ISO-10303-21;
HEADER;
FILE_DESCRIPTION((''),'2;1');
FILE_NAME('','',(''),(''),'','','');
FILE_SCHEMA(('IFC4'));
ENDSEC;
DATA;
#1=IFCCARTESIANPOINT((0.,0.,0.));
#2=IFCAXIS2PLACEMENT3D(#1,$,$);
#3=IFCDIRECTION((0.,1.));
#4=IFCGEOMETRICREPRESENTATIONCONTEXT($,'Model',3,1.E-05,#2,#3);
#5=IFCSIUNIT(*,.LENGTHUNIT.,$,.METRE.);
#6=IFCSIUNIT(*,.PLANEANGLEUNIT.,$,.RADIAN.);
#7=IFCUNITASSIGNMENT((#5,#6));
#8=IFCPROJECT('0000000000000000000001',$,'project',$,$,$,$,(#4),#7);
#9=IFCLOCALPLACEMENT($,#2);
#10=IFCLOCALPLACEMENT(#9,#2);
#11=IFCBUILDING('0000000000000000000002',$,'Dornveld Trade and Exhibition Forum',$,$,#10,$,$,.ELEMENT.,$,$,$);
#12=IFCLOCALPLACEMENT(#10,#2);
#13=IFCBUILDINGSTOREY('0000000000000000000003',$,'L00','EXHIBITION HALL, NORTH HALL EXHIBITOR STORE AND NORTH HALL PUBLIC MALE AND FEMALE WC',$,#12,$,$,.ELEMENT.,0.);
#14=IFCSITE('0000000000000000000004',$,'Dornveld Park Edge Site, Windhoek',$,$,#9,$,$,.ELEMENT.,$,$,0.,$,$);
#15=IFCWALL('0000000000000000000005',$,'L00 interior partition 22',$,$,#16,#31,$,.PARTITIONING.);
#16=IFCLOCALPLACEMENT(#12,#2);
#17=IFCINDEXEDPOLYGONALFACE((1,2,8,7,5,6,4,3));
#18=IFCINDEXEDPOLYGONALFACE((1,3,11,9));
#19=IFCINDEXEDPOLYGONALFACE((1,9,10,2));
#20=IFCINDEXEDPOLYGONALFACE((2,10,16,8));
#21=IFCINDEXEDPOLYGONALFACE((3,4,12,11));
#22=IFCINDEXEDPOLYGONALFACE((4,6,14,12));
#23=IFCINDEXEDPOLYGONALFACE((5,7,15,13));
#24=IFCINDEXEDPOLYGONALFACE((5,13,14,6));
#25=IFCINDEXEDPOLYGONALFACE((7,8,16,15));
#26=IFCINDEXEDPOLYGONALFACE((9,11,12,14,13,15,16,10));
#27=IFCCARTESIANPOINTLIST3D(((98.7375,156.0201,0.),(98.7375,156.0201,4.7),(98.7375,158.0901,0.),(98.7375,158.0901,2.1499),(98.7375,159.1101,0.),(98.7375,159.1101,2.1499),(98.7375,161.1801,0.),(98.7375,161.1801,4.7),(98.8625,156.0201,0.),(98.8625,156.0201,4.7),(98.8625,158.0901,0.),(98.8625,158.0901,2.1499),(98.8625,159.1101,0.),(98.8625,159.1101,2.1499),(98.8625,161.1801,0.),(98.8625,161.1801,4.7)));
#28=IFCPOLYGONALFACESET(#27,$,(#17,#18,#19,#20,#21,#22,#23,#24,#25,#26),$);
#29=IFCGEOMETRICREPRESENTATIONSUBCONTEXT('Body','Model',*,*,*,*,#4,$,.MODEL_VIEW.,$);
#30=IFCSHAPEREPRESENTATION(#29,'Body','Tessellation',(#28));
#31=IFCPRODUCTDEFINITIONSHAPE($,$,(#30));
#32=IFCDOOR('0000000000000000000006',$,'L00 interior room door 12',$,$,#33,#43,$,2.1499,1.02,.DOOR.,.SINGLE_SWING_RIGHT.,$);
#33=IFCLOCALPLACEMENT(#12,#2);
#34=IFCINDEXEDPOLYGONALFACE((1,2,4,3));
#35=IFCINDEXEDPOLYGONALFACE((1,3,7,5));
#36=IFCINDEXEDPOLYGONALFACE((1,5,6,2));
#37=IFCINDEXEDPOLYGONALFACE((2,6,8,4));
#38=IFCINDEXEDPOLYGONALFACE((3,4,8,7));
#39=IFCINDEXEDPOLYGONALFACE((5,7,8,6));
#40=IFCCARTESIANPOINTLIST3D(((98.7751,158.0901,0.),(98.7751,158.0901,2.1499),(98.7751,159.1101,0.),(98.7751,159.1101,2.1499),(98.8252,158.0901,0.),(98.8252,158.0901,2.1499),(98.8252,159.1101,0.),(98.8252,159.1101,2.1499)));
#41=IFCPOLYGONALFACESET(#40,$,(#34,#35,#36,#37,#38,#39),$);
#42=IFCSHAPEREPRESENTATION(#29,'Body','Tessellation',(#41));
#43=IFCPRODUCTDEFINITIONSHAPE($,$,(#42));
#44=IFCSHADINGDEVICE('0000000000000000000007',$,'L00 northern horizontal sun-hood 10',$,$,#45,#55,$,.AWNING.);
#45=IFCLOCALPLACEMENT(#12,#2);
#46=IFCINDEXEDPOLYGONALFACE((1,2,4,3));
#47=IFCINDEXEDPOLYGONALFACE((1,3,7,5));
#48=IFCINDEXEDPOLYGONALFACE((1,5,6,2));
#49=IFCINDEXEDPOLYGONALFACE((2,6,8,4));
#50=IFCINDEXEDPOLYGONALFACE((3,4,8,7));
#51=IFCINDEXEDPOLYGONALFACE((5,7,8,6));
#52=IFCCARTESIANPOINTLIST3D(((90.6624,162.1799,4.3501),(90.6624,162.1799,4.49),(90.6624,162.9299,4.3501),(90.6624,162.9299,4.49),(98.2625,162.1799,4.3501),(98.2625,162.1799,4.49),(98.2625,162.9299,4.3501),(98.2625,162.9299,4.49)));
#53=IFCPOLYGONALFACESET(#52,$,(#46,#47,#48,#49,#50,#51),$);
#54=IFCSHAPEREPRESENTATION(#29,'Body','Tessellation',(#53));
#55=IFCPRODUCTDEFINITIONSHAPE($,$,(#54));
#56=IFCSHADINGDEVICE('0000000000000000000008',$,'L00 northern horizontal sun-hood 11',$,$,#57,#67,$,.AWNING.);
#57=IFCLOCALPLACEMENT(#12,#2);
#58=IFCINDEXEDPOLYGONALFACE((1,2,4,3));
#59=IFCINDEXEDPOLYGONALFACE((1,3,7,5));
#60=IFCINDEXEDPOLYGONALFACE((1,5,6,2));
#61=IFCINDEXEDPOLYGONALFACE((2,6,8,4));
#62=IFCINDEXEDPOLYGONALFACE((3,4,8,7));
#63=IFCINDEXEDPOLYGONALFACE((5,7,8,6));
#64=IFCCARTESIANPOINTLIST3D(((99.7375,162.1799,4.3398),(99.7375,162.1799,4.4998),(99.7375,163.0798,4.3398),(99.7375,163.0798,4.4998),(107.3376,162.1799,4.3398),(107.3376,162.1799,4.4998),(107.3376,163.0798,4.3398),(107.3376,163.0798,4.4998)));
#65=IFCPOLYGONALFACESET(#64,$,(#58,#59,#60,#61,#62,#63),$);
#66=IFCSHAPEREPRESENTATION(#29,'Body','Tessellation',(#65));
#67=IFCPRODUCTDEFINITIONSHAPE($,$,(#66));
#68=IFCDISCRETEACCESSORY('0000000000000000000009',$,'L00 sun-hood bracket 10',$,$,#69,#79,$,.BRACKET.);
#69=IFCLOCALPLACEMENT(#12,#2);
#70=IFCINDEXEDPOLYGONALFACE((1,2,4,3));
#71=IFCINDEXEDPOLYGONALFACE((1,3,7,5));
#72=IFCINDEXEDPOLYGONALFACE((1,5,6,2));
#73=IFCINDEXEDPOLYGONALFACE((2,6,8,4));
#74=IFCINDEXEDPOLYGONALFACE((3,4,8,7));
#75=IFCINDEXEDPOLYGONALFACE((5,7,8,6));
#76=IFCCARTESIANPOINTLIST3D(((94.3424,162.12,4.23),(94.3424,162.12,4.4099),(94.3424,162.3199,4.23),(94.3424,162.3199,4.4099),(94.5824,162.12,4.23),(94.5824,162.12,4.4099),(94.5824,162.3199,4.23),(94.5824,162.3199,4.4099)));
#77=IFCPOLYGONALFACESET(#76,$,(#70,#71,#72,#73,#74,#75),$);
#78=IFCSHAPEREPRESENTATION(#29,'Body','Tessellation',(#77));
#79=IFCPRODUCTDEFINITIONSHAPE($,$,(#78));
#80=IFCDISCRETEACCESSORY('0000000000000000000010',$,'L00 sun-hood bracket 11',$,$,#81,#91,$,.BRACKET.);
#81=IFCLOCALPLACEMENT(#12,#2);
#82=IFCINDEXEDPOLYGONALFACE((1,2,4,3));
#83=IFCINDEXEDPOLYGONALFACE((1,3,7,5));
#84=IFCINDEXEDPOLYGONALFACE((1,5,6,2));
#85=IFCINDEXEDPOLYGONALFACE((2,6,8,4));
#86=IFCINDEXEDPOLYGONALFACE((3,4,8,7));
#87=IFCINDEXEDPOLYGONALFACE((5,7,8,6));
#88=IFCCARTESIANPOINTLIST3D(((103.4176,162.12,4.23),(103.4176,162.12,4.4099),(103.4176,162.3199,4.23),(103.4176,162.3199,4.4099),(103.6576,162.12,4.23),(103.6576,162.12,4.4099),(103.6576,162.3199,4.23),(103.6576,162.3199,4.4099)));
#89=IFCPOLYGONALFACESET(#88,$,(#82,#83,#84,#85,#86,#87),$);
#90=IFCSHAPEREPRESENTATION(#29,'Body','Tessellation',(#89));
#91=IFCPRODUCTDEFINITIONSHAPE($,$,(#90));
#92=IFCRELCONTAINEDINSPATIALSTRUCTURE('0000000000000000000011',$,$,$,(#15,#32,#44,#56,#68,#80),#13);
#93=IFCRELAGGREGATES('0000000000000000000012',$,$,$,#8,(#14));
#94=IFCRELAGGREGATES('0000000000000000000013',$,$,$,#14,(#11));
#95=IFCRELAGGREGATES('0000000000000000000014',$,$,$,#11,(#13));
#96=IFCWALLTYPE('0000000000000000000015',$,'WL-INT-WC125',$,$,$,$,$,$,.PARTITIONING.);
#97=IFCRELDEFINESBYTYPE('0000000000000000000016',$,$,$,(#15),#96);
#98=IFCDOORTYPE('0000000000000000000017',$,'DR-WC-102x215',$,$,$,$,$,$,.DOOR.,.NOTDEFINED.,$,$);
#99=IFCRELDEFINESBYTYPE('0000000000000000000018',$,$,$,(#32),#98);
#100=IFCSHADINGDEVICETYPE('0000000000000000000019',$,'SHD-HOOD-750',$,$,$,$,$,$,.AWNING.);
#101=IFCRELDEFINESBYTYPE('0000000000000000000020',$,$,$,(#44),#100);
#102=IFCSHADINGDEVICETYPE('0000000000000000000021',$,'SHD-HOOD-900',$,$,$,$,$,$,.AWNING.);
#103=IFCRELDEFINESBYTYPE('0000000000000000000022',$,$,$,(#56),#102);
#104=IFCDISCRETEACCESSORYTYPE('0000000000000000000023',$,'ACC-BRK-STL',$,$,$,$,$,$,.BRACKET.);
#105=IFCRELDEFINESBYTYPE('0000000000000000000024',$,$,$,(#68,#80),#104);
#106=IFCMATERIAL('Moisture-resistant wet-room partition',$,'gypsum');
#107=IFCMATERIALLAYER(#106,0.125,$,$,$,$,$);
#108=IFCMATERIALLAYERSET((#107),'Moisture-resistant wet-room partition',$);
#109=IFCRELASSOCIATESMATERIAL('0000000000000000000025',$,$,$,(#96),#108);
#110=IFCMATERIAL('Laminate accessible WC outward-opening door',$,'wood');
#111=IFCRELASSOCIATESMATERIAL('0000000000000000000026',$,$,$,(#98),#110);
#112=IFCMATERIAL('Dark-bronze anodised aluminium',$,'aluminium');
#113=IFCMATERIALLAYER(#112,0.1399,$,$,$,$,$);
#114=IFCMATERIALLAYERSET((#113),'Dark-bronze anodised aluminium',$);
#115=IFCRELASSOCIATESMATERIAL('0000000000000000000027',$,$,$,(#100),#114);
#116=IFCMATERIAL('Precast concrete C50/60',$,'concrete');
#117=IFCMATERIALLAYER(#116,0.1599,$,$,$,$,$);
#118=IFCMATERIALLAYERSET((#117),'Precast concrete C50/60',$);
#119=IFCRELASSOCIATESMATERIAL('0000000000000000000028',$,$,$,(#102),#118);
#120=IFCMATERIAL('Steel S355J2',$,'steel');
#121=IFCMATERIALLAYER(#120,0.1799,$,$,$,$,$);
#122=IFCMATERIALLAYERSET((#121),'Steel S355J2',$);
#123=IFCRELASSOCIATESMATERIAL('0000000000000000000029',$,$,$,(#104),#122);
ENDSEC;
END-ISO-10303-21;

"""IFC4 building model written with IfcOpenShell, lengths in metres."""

from ifc_helpers import new_model, si_unit, direction, frame, frame_2d, origin, origin_2d, place, context, subcontext, project, spatial, rectangle, extrude, material, layer, layer_set, type_object, element, fill, save


model = new_model("IFC4")

# Units and contexts
model_context = context("Model", 3, precision=1e-05, world=origin(), true_north=direction((0.0, 1.0)))
body_context = subcontext(model_context, "Body", "Model", "MODEL_VIEW")
ifc_project = project(units=[si_unit("LENGTHUNIT", "METRE"), si_unit("PLANEANGLEUNIT", "RADIAN")], contexts=[model_context])

# Site, building, storey
site_placement = place(None, origin())
site = spatial("IfcSite", under=ifc_project, at=site_placement, Name="Dornveld Park Edge Site, Windhoek", CompositionType="ELEMENT", RefElevation=0.0)
building_placement = place(site_placement, origin())
building = spatial("IfcBuilding", under=site, at=building_placement, Name="Dornveld Trade and Exhibition Forum", CompositionType="ELEMENT")
storey_placement = place(building_placement, origin())
storey = spatial("IfcBuildingStorey", under=building, at=storey_placement, Name="L00", Description="EXHIBITION HALL, NORTH HALL EXHIBITOR STORE AND NORTH HALL PUBLIC MALE AND FEMALE WC", CompositionType="ELEMENT", Elevation=0.0)

# Wall, opening, door
ifc_material_1 = material(Name="Moisture-resistant wet-room partition", Category="gypsum")
ifc_layer_1 = layer(ifc_material_1, 0.125)
ifc_layer_set_1 = layer_set([ifc_layer_1], Name="Moisture-resistant wet-room partition")
wall_type_1 = type_object("IfcWallType", Name="WL-INT-WC125", PredefinedType="PARTITIONING", material=ifc_layer_set_1)
wall_1_placement = place(storey_placement, frame((98.8, 156.02, 0.0), z_axis=(0.0, 0.0, 1.0), x_axis=(0.0, 1.0, 0.0)))
wall_1 = element("IfcWall", 1, at=wall_1_placement, inside=storey, type_object=wall_type_1, Name="L00 interior partition 22", PredefinedType="PARTITIONING", context=body_context, shape_type="SweptSolid", body=[
    extrude(rectangle(XDim=5.1599, YDim=0.125, at=frame_2d((2.5801, 0.0))), origin(), (0.0, 0.0, 1.0), 4.7),
])
opening_1_placement = place(wall_1_placement, frame((2.0701, 0.0, 0.0)))
opening_1 = element("IfcOpeningElement", 2, at=opening_1_placement, cuts=wall_1, PredefinedType="OPENING", context=body_context, shape_type="SweptSolid", body=[
    extrude(rectangle(XDim=1.02, YDim=2.1499, at=frame_2d((0.51, 1.075))), frame((0.0, 0.0725, 0.0), z_axis=(0.0, -1.0, 0.0), x_axis=(1.0, 0.0, 0.0)), (0.0, 0.0, 1.0), 0.145),
])
ifc_material_2 = material(Name="Laminate accessible WC outward-opening door", Category="wood")
door_type_1 = type_object("IfcDoorType", Name="DR-WC-102x215", OperationType="NOTDEFINED", PredefinedType="DOOR", material=ifc_material_2)
door_1_placement = place(opening_1_placement, origin())
door_1 = element("IfcDoor", 3, at=door_1_placement, inside=storey, type_object=door_type_1, Name="L00 interior room door 12", OperationType="SINGLE_SWING_RIGHT", OverallHeight=2.1499, OverallWidth=1.02, PredefinedType="DOOR", context=body_context, shape_type="SweptSolid", body=[
    extrude(rectangle(XDim=1.02, YDim=2.1499, at=frame_2d((0.51, 1.075))), frame((0.0, 0.0249, 0.0), z_axis=(0.0, -1.0, 0.0), x_axis=(1.0, 0.0, 0.0)), (0.0, 0.0, 1.0), 0.05),
])
fill(opening_1, door_1)

# Shading devices
ifc_material_3 = material(Name="Dark-bronze anodised aluminium", Category="aluminium")
ifc_layer_2 = layer(ifc_material_3, 0.1399)
ifc_layer_set_2 = layer_set([ifc_layer_2], Name="Dark-bronze anodised aluminium")
shading_device_type_1 = type_object("IfcShadingDeviceType", Name="SHD-HOOD-750", PredefinedType="AWNING", material=ifc_layer_set_2)
shading_device_1_placement = place(storey_placement, frame((94.4624, 162.5549, 4.3501), z_axis=(0.0, 0.0, 1.0), x_axis=(-1.0, 0.0, 0.0)))
element("IfcShadingDevice", 4, at=shading_device_1_placement, inside=storey, type_object=shading_device_type_1, Name="L00 northern horizontal sun-hood 10", PredefinedType="AWNING", context=body_context, shape_type="SweptSolid", body=[
    extrude(rectangle(XDim=7.6001, YDim=0.75, at=origin_2d()), origin(), (0.0, 0.0, 1.0), 0.1399),
])
ifc_material_4 = material(Name="Precast concrete C50/60", Category="concrete")
ifc_layer_3 = layer(ifc_material_4, 0.1599)
ifc_layer_set_3 = layer_set([ifc_layer_3], Name="Precast concrete C50/60")
shading_device_type_2 = type_object("IfcShadingDeviceType", Name="SHD-HOOD-900", PredefinedType="AWNING", material=ifc_layer_set_3)
shading_device_2_placement = place(storey_placement, frame((103.5376, 162.6299, 4.3398), z_axis=(0.0, 0.0, 1.0), x_axis=(-1.0, 0.0, 0.0)))
element("IfcShadingDevice", 5, at=shading_device_2_placement, inside=storey, type_object=shading_device_type_2, Name="L00 northern horizontal sun-hood 11", PredefinedType="AWNING", context=body_context, shape_type="SweptSolid", body=[
    extrude(rectangle(XDim=7.6001, YDim=0.8999, at=origin_2d()), origin(), (0.0, 0.0, 1.0), 0.1599),
])

# Discrete accessories
ifc_material_5 = material(Name="Steel S355J2", Category="steel")
ifc_layer_4 = layer(ifc_material_5, 0.1799)
ifc_layer_set_4 = layer_set([ifc_layer_4], Name="Steel S355J2")
discrete_accessory_type = type_object("IfcDiscreteAccessoryType", Name="ACC-BRK-STL", PredefinedType="BRACKET", material=ifc_layer_set_4)
for number, where, z_axis, x_axis, name in (
    (6, (94.4624, 162.22, 4.23), (0.0, 0.0, 1.0), (-1.0, 0.0, 0.0), "L00 sun-hood bracket 10"),
    (7, (103.5376, 162.22, 4.23), (0.0, 0.0, 1.0), (-1.0, 0.0, 0.0), "L00 sun-hood bracket 11"),
):
    element("IfcDiscreteAccessory", number, at=place(storey_placement, frame(where, z_axis=z_axis, x_axis=x_axis)), inside=storey, type_object=discrete_accessory_type, Name=name, PredefinedType="BRACKET", context=body_context, shape_type="SweptSolid", body=[
        extrude(rectangle(XDim=0.24, YDim=0.2, at=origin_2d()), origin(), (0.0, 0.0, 1.0), 0.1799),
    ])

save(model, "model.ifc")
